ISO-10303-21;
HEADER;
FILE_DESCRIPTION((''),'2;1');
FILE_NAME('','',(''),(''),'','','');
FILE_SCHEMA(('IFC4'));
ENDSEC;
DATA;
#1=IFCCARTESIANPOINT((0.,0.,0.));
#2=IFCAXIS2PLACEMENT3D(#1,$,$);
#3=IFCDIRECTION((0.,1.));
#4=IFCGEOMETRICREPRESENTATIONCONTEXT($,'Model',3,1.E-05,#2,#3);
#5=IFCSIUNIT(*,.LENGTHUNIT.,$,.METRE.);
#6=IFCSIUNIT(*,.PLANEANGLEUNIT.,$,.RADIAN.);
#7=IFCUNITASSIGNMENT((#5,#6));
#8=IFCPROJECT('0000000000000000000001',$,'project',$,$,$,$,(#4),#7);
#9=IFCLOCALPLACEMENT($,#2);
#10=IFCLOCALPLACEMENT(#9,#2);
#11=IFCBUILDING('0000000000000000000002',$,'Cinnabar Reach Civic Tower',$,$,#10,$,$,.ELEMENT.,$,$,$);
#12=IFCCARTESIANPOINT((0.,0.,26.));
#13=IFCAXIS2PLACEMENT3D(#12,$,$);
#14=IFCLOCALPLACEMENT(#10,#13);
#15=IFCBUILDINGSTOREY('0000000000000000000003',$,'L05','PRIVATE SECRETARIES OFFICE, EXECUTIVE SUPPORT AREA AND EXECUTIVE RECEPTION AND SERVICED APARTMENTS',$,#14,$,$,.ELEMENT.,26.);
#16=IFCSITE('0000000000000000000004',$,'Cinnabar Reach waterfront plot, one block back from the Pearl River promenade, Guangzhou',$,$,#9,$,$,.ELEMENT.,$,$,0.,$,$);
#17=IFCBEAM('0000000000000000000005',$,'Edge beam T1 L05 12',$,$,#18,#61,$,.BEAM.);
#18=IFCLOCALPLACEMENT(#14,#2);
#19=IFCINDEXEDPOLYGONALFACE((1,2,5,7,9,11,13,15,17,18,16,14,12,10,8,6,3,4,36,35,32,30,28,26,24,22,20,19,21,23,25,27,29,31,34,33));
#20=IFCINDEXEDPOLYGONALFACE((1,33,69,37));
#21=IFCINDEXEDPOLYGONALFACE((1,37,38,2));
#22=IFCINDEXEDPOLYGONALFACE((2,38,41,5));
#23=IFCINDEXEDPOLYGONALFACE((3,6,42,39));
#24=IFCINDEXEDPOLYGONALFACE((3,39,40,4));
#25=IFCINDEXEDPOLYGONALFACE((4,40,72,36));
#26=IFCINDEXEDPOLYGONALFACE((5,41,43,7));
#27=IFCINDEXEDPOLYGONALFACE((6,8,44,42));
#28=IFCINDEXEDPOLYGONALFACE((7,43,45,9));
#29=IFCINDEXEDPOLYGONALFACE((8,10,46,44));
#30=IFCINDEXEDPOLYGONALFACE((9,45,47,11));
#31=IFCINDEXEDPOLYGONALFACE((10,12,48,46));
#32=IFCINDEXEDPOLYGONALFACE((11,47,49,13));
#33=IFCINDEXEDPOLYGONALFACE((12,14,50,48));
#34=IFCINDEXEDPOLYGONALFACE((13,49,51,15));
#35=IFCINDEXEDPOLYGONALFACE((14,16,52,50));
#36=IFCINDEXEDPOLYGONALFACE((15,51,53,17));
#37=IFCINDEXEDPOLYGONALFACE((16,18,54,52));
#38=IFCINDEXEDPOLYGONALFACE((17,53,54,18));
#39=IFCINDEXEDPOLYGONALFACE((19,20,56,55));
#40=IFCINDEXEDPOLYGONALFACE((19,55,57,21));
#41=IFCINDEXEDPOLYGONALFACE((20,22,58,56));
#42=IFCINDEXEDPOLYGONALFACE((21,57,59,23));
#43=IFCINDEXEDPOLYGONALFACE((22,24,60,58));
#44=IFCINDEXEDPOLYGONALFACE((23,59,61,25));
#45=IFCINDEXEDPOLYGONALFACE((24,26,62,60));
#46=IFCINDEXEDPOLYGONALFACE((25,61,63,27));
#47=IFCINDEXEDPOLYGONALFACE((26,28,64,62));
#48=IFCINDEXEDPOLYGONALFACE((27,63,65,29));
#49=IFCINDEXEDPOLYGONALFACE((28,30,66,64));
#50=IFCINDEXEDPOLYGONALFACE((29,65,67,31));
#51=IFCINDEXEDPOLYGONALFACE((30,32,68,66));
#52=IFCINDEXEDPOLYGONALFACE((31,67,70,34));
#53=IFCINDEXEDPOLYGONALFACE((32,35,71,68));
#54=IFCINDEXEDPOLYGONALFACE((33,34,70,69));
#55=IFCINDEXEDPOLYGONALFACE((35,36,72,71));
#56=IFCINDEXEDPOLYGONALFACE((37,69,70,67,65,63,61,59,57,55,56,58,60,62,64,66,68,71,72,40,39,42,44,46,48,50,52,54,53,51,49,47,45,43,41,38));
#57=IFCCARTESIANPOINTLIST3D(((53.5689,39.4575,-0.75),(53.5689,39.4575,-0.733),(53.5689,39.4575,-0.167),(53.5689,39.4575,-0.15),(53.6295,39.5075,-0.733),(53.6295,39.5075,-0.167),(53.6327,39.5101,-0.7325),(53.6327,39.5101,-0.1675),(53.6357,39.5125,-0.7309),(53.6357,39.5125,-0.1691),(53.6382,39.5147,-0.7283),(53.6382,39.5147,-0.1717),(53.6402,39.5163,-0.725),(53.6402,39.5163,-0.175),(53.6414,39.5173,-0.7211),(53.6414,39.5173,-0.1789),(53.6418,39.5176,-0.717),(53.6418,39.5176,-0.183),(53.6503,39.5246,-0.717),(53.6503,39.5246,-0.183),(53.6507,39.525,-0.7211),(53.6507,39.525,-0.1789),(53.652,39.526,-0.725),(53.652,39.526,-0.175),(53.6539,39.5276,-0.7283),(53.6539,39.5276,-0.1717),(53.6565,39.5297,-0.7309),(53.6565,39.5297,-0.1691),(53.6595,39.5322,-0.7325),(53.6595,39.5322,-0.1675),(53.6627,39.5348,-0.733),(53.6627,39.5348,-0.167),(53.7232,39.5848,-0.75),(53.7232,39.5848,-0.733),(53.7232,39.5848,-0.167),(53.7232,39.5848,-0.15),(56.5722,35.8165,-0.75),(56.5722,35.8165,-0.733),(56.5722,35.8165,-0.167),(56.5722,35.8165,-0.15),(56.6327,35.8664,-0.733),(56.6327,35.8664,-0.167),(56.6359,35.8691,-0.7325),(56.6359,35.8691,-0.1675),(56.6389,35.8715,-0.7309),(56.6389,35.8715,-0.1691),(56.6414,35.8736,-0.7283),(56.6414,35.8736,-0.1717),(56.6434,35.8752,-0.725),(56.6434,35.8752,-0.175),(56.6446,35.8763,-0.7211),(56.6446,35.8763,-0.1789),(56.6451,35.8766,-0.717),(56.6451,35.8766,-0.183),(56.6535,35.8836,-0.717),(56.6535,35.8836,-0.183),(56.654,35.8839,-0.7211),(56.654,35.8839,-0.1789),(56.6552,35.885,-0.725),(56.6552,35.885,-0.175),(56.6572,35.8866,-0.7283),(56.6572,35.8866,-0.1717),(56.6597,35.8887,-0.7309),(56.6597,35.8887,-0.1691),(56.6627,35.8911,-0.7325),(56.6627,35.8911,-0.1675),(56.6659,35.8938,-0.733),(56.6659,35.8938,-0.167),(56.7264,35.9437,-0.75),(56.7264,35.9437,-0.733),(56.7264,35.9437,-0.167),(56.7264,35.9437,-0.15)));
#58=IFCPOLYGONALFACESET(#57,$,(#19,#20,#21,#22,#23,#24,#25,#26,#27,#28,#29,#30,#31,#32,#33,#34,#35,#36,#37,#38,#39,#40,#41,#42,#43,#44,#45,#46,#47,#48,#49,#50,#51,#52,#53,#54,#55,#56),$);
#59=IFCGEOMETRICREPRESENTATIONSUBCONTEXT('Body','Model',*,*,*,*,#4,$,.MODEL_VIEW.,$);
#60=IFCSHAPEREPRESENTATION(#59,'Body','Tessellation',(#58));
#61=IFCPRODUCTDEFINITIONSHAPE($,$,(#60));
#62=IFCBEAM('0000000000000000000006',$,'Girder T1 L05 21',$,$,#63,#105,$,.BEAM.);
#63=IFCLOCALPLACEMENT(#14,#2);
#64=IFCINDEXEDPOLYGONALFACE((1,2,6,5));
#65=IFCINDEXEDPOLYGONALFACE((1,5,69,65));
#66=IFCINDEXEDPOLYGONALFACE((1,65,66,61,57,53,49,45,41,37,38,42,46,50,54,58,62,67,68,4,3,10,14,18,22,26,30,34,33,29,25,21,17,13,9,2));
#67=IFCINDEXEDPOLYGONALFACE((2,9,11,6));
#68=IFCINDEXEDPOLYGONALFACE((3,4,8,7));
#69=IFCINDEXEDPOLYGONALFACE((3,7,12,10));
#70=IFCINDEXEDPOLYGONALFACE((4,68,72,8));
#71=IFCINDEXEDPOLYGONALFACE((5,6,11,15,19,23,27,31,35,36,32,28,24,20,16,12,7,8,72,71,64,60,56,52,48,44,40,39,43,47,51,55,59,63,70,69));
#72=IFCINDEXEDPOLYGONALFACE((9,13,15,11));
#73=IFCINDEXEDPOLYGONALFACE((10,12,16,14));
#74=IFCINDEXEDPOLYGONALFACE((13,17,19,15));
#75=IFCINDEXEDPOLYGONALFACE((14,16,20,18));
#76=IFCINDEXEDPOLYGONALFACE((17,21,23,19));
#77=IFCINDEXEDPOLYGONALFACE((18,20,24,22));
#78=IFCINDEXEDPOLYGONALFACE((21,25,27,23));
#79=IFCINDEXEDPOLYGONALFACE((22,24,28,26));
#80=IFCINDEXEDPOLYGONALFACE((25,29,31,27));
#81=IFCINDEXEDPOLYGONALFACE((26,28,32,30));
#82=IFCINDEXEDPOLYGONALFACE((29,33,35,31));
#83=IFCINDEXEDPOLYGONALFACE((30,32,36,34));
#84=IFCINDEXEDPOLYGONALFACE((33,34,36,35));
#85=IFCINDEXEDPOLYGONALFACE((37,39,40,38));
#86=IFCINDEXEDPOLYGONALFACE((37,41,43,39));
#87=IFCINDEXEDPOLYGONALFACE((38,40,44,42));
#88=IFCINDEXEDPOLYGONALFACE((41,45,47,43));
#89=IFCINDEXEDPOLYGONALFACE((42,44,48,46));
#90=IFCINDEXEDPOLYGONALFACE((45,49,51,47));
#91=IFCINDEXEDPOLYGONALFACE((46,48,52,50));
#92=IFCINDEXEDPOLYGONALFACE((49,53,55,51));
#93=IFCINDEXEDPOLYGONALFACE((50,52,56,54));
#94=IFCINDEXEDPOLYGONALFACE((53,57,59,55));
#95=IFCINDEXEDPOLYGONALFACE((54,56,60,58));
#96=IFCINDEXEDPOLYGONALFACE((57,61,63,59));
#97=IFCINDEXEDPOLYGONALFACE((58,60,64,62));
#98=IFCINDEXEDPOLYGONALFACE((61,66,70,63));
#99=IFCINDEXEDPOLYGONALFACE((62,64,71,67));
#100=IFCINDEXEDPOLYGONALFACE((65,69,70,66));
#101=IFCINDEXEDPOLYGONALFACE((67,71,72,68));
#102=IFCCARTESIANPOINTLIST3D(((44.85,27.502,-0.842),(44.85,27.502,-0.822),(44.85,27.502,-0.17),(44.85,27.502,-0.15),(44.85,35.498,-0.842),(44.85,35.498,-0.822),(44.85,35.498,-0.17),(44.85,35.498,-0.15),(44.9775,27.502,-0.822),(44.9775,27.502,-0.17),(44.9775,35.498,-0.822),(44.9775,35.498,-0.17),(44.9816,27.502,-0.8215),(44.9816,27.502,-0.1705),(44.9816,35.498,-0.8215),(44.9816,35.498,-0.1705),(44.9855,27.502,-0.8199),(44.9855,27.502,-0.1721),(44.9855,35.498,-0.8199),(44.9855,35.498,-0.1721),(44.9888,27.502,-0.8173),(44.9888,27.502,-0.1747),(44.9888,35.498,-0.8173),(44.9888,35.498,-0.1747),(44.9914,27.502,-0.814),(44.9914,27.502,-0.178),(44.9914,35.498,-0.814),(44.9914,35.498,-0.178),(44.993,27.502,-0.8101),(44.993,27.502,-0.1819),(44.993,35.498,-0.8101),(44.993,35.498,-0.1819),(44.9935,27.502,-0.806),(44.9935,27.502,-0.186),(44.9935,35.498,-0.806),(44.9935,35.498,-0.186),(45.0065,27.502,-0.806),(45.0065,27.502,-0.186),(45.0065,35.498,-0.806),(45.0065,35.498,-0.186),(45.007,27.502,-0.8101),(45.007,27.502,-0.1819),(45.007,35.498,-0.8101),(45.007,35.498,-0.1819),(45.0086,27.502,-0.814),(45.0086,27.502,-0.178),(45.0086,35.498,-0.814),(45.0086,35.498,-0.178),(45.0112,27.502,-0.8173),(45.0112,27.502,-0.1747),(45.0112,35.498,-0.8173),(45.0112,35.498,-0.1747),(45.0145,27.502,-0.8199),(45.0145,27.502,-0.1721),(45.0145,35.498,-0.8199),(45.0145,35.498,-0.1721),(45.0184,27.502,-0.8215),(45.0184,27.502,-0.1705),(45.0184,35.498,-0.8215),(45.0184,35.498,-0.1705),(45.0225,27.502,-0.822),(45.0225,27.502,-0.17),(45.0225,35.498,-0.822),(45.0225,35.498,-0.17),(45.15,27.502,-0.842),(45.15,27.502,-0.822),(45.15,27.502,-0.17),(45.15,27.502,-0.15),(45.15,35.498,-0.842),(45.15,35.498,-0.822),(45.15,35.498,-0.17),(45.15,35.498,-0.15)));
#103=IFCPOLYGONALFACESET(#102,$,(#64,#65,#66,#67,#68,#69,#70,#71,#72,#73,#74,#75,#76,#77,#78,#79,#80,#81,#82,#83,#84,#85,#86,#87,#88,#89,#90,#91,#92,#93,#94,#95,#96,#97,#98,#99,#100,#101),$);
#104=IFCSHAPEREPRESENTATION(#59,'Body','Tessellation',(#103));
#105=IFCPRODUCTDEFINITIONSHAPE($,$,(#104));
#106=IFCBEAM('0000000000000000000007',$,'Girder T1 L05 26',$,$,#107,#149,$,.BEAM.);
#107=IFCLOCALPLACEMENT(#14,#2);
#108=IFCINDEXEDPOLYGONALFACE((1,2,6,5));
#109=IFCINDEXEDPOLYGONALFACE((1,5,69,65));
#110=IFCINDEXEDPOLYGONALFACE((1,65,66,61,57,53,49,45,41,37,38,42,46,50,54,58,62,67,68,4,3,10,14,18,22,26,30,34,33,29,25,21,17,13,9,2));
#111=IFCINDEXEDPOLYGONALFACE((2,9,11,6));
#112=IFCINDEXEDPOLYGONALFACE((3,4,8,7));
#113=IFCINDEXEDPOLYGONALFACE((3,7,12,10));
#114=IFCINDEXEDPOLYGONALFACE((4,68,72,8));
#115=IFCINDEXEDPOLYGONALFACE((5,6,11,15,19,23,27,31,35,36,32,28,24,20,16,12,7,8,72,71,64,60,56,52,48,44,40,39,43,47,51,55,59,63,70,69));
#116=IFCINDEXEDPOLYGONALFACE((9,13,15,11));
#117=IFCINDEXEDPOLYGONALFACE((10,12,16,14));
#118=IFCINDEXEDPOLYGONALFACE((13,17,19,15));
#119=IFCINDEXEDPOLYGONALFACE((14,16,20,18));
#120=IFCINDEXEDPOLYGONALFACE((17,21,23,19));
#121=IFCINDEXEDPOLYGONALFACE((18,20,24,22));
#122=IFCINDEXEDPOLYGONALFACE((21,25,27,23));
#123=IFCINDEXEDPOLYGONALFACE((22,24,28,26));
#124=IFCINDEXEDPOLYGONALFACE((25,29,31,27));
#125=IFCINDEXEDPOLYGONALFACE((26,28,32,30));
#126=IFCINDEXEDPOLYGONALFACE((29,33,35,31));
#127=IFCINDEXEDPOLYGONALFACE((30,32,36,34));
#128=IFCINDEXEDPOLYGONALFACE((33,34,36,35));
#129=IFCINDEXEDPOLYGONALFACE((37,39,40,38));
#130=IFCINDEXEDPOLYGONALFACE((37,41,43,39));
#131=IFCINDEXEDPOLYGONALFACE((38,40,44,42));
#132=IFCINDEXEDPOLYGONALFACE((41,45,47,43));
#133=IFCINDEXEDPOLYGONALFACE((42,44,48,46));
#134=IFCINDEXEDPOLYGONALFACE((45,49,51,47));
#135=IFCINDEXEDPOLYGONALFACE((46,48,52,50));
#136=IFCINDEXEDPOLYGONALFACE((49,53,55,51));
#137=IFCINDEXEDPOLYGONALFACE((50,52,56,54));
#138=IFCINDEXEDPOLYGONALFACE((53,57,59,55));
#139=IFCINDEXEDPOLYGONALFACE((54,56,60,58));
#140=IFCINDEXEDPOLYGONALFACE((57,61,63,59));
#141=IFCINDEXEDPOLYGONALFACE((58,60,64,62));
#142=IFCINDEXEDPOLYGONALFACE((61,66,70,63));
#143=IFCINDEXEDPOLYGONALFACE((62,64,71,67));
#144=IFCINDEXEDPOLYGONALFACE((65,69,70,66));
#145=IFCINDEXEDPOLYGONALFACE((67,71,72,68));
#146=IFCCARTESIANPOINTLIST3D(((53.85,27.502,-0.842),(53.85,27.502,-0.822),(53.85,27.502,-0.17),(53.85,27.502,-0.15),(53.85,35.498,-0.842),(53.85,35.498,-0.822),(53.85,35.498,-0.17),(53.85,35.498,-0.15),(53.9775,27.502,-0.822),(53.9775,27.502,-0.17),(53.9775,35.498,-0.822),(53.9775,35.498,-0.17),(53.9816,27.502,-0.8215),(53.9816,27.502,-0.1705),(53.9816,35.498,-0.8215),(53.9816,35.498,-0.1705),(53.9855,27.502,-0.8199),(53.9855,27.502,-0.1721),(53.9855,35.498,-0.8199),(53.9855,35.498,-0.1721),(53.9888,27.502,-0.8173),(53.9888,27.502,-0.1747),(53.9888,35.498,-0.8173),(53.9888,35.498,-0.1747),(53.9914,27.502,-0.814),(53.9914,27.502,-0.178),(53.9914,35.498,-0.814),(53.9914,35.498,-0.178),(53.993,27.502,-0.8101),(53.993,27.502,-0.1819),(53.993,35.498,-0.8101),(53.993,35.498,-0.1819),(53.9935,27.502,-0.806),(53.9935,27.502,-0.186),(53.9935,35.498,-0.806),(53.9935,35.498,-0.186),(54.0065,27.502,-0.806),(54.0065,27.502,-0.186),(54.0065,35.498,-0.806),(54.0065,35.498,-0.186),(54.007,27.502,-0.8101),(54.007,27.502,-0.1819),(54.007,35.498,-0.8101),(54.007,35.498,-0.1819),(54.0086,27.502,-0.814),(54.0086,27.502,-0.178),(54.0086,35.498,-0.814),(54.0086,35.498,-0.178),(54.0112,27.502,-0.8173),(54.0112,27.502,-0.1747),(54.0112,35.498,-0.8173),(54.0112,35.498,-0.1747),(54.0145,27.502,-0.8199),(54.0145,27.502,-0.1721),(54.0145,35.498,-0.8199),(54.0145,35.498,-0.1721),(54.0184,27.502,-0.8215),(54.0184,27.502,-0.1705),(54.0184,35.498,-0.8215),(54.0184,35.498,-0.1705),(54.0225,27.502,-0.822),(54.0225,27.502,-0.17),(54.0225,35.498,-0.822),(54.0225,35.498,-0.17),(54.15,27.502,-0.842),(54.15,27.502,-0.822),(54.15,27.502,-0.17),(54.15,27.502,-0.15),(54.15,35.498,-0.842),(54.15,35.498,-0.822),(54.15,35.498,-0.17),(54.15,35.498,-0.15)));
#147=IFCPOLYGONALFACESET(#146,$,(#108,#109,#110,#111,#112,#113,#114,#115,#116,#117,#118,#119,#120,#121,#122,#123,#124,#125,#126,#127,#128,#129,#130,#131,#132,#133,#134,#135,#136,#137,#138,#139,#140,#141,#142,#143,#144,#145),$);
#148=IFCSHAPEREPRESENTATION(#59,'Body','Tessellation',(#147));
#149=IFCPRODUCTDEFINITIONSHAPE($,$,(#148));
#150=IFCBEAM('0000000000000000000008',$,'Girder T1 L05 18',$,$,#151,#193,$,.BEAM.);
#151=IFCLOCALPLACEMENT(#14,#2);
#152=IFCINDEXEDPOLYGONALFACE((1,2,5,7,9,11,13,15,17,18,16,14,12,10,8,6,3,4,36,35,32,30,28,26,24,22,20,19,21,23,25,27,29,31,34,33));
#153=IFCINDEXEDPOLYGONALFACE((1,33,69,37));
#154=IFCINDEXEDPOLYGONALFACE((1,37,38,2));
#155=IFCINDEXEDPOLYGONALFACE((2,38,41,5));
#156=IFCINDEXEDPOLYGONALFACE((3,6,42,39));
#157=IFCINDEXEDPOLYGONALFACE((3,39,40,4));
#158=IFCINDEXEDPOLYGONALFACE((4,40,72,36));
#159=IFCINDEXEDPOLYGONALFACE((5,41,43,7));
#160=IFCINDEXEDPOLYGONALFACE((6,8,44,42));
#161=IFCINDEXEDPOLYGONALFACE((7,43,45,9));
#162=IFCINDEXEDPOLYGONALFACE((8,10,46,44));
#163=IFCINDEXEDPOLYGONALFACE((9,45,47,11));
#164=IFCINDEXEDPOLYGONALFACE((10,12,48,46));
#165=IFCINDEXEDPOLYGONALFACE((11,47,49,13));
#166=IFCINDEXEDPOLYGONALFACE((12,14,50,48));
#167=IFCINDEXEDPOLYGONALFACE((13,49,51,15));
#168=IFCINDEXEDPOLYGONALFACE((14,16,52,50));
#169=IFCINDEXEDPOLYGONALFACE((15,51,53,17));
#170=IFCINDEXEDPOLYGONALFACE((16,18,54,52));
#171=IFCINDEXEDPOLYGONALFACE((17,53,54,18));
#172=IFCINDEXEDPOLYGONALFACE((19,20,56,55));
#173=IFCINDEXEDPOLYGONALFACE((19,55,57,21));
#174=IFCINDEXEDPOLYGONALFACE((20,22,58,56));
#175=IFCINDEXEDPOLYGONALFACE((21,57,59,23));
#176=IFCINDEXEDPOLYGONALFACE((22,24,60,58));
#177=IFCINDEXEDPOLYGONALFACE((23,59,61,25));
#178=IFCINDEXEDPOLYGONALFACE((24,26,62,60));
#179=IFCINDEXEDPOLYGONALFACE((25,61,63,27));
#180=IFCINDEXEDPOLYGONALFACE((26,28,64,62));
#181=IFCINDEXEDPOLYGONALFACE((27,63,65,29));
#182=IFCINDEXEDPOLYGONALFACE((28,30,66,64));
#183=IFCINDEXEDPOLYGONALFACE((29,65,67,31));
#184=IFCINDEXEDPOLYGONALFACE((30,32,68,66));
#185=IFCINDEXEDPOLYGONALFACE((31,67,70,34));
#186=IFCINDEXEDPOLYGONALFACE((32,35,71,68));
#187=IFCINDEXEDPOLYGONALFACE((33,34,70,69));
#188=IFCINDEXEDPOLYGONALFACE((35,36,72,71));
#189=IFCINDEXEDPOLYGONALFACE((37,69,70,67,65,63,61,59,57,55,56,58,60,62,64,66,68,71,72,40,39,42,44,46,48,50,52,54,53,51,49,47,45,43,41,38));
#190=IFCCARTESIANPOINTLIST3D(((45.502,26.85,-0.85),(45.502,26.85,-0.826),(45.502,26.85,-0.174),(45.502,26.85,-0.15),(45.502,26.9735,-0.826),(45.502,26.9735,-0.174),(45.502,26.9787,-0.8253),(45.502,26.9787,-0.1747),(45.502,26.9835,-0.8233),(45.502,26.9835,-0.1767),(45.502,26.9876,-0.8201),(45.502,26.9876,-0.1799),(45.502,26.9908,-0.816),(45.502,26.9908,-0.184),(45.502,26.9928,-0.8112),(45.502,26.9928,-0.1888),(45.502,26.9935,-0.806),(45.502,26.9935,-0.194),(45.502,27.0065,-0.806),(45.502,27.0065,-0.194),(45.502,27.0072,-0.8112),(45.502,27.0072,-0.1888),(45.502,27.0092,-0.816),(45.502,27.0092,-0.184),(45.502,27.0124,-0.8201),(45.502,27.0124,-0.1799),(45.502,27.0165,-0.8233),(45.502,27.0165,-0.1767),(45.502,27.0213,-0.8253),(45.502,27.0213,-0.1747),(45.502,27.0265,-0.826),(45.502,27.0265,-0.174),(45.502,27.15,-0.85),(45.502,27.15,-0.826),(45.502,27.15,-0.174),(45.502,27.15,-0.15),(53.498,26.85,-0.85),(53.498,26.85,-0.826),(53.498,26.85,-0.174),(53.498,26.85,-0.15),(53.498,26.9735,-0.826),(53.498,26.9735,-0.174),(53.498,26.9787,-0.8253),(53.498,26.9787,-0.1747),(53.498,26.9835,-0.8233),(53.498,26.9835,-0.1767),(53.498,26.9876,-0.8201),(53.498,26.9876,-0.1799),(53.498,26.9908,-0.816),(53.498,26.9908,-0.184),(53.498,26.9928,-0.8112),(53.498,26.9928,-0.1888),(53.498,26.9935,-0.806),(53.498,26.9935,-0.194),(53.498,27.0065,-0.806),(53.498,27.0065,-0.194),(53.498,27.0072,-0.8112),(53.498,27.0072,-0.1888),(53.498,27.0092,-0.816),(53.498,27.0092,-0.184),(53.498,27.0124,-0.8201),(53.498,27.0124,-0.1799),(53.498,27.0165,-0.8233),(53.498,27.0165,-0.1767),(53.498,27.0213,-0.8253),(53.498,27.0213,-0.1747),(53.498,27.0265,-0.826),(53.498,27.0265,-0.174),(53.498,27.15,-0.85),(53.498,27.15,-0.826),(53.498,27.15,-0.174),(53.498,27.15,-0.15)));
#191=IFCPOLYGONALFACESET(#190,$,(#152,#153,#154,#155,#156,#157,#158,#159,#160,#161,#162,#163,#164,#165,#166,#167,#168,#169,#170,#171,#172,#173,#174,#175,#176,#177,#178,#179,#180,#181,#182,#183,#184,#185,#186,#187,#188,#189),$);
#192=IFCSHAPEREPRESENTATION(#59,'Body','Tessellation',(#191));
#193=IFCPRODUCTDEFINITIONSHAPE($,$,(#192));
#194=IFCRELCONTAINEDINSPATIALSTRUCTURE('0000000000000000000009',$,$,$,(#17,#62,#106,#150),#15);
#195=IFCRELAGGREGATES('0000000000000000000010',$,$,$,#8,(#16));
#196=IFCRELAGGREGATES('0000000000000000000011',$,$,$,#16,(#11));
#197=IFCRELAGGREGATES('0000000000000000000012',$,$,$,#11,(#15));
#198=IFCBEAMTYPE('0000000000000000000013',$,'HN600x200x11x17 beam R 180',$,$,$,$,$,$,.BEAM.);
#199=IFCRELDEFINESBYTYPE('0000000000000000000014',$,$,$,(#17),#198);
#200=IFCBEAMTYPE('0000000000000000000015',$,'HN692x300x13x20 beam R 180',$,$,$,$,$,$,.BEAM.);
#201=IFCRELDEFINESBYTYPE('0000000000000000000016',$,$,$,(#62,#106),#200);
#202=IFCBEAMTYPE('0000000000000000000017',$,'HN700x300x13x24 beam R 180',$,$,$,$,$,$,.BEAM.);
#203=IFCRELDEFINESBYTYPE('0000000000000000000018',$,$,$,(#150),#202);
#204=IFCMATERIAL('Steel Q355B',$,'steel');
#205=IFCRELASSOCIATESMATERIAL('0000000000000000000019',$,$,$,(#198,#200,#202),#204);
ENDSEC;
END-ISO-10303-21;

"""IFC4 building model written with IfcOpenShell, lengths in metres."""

from ifc_helpers import new_model, si_unit, direction, frame, origin, origin_2d, place, context, subcontext, project, spatial, i_section, extrude, material, material_profile, profile_set, type_object, element, save


model = new_model("IFC4")

# Units and contexts
model_context = context("Model", 3, precision=1e-05, world=origin(), true_north=direction((0.0, 1.0)))
body_context = subcontext(model_context, "Body", "Model", "MODEL_VIEW")
ifc_project = project(units=[si_unit("LENGTHUNIT", "METRE"), si_unit("PLANEANGLEUNIT", "RADIAN")], contexts=[model_context])

# Site, building, storey
site_placement = place(None, origin())
site = spatial("IfcSite", under=ifc_project, at=site_placement, Name="Cinnabar Reach waterfront plot, one block back from the Pearl River promenade, Guangzhou", CompositionType="ELEMENT", RefElevation=0.0)
building_placement = place(site_placement, origin())
building = spatial("IfcBuilding", under=site, at=building_placement, Name="Cinnabar Reach Civic Tower", CompositionType="ELEMENT")
storey_placement = place(building_placement, frame((0.0, 0.0, 26.0)))
storey = spatial("IfcBuildingStorey", under=building, at=storey_placement, Name="L05", Description="PRIVATE SECRETARIES OFFICE, EXECUTIVE SUPPORT AREA AND EXECUTIVE RECEPTION AND SERVICED APARTMENTS", CompositionType="ELEMENT", Elevation=26.0)

# Beams
ifc_material_1 = material(Name="Steel Q355B", Category="steel")
ifc_material_profile_1 = material_profile(ifc_material_1, i_section(OverallWidth=0.2, OverallDepth=0.6, WebThickness=0.011, FlangeThickness=0.017, FilletRadius=0.016, at=origin_2d()), Name="HN600x200x11x17")
ifc_profile_set_1 = profile_set([ifc_material_profile_1], Name="Steel Q355B")
beam_type_1 = type_object("IfcBeamType", Name="HN600x200x11x17 beam R 180", PredefinedType="BEAM", material=ifc_profile_set_1)
beam_1_placement = place(storey_placement, frame((56.6493, 35.8801, -0.45), z_axis=(-0.636304, 0.771438, 0.0), x_axis=(-0.771438, -0.636304, 0.0)))
element("IfcBeam", 1, at=beam_1_placement, inside=storey, type_object=beam_type_1, Name="Edge beam T1 L05 12", PredefinedType="BEAM", context=body_context, shape_type="SweptSolid", body=[
    extrude(i_section(OverallWidth=0.2, OverallDepth=0.6, WebThickness=0.011, FlangeThickness=0.017, FilletRadius=0.016, at=origin_2d()), origin(), (0.0, 0.0, 1.0), 4.7198),
])
ifc_material_profile_2 = material_profile(ifc_material_1, i_section(OverallWidth=0.3, OverallDepth=0.692, WebThickness=0.013, FlangeThickness=0.02, FilletRadius=0.016, at=origin_2d()), Name="HN692x300x13x20")
ifc_profile_set_2 = profile_set([ifc_material_profile_2], Name="Steel Q355B")
beam_type_2 = type_object("IfcBeamType", Name="HN692x300x13x20 beam R 180", PredefinedType="BEAM", material=ifc_profile_set_2)
for number, where, z_axis, x_axis, name in (
    (2, (45.0, 27.502, -0.496), (0.0, 1.0, 0.0), (-1.0, 0.0, 0.0), "Girder T1 L05 21"),
    (3, (54.0, 27.502, -0.496), (0.0, 1.0, 0.0), (-1.0, 0.0, 0.0), "Girder T1 L05 26"),
):
    element("IfcBeam", number, at=place(storey_placement, frame(where, z_axis=z_axis, x_axis=x_axis)), inside=storey, type_object=beam_type_2, Name=name, PredefinedType="BEAM", context=body_context, shape_type="SweptSolid", body=[
        extrude(i_section(OverallWidth=0.3, OverallDepth=0.692, WebThickness=0.013, FlangeThickness=0.02, FilletRadius=0.016, at=origin_2d()), origin(), (0.0, 0.0, 1.0), 7.996),
    ])
ifc_material_profile_3 = material_profile(ifc_material_1, i_section(OverallWidth=0.3, OverallDepth=0.7, WebThickness=0.013, FlangeThickness=0.024, FilletRadius=0.02, at=origin_2d()), Name="HN700x300x13x24")
ifc_profile_set_3 = profile_set([ifc_material_profile_3], Name="Steel Q355B")
beam_type_3 = type_object("IfcBeamType", Name="HN700x300x13x24 beam R 180", PredefinedType="BEAM", material=ifc_profile_set_3)
for number, where, z_axis, x_axis, name in (
    (4, (45.502, 27.0, -0.5), (1.0, 0.0, 0.0), (0.0, 1.0, 0.0), "Girder T1 L05 18"),
):
    element("IfcBeam", number, at=place(storey_placement, frame(where, z_axis=z_axis, x_axis=x_axis)), inside=storey, type_object=beam_type_3, Name=name, PredefinedType="BEAM", context=body_context, shape_type="SweptSolid", body=[
        extrude(i_section(OverallWidth=0.3, OverallDepth=0.7, WebThickness=0.013, FlangeThickness=0.024, FilletRadius=0.02, at=origin_2d()), origin(), (0.0, 0.0, 1.0), 7.996),
    ])

save(model, "model.ifc")
